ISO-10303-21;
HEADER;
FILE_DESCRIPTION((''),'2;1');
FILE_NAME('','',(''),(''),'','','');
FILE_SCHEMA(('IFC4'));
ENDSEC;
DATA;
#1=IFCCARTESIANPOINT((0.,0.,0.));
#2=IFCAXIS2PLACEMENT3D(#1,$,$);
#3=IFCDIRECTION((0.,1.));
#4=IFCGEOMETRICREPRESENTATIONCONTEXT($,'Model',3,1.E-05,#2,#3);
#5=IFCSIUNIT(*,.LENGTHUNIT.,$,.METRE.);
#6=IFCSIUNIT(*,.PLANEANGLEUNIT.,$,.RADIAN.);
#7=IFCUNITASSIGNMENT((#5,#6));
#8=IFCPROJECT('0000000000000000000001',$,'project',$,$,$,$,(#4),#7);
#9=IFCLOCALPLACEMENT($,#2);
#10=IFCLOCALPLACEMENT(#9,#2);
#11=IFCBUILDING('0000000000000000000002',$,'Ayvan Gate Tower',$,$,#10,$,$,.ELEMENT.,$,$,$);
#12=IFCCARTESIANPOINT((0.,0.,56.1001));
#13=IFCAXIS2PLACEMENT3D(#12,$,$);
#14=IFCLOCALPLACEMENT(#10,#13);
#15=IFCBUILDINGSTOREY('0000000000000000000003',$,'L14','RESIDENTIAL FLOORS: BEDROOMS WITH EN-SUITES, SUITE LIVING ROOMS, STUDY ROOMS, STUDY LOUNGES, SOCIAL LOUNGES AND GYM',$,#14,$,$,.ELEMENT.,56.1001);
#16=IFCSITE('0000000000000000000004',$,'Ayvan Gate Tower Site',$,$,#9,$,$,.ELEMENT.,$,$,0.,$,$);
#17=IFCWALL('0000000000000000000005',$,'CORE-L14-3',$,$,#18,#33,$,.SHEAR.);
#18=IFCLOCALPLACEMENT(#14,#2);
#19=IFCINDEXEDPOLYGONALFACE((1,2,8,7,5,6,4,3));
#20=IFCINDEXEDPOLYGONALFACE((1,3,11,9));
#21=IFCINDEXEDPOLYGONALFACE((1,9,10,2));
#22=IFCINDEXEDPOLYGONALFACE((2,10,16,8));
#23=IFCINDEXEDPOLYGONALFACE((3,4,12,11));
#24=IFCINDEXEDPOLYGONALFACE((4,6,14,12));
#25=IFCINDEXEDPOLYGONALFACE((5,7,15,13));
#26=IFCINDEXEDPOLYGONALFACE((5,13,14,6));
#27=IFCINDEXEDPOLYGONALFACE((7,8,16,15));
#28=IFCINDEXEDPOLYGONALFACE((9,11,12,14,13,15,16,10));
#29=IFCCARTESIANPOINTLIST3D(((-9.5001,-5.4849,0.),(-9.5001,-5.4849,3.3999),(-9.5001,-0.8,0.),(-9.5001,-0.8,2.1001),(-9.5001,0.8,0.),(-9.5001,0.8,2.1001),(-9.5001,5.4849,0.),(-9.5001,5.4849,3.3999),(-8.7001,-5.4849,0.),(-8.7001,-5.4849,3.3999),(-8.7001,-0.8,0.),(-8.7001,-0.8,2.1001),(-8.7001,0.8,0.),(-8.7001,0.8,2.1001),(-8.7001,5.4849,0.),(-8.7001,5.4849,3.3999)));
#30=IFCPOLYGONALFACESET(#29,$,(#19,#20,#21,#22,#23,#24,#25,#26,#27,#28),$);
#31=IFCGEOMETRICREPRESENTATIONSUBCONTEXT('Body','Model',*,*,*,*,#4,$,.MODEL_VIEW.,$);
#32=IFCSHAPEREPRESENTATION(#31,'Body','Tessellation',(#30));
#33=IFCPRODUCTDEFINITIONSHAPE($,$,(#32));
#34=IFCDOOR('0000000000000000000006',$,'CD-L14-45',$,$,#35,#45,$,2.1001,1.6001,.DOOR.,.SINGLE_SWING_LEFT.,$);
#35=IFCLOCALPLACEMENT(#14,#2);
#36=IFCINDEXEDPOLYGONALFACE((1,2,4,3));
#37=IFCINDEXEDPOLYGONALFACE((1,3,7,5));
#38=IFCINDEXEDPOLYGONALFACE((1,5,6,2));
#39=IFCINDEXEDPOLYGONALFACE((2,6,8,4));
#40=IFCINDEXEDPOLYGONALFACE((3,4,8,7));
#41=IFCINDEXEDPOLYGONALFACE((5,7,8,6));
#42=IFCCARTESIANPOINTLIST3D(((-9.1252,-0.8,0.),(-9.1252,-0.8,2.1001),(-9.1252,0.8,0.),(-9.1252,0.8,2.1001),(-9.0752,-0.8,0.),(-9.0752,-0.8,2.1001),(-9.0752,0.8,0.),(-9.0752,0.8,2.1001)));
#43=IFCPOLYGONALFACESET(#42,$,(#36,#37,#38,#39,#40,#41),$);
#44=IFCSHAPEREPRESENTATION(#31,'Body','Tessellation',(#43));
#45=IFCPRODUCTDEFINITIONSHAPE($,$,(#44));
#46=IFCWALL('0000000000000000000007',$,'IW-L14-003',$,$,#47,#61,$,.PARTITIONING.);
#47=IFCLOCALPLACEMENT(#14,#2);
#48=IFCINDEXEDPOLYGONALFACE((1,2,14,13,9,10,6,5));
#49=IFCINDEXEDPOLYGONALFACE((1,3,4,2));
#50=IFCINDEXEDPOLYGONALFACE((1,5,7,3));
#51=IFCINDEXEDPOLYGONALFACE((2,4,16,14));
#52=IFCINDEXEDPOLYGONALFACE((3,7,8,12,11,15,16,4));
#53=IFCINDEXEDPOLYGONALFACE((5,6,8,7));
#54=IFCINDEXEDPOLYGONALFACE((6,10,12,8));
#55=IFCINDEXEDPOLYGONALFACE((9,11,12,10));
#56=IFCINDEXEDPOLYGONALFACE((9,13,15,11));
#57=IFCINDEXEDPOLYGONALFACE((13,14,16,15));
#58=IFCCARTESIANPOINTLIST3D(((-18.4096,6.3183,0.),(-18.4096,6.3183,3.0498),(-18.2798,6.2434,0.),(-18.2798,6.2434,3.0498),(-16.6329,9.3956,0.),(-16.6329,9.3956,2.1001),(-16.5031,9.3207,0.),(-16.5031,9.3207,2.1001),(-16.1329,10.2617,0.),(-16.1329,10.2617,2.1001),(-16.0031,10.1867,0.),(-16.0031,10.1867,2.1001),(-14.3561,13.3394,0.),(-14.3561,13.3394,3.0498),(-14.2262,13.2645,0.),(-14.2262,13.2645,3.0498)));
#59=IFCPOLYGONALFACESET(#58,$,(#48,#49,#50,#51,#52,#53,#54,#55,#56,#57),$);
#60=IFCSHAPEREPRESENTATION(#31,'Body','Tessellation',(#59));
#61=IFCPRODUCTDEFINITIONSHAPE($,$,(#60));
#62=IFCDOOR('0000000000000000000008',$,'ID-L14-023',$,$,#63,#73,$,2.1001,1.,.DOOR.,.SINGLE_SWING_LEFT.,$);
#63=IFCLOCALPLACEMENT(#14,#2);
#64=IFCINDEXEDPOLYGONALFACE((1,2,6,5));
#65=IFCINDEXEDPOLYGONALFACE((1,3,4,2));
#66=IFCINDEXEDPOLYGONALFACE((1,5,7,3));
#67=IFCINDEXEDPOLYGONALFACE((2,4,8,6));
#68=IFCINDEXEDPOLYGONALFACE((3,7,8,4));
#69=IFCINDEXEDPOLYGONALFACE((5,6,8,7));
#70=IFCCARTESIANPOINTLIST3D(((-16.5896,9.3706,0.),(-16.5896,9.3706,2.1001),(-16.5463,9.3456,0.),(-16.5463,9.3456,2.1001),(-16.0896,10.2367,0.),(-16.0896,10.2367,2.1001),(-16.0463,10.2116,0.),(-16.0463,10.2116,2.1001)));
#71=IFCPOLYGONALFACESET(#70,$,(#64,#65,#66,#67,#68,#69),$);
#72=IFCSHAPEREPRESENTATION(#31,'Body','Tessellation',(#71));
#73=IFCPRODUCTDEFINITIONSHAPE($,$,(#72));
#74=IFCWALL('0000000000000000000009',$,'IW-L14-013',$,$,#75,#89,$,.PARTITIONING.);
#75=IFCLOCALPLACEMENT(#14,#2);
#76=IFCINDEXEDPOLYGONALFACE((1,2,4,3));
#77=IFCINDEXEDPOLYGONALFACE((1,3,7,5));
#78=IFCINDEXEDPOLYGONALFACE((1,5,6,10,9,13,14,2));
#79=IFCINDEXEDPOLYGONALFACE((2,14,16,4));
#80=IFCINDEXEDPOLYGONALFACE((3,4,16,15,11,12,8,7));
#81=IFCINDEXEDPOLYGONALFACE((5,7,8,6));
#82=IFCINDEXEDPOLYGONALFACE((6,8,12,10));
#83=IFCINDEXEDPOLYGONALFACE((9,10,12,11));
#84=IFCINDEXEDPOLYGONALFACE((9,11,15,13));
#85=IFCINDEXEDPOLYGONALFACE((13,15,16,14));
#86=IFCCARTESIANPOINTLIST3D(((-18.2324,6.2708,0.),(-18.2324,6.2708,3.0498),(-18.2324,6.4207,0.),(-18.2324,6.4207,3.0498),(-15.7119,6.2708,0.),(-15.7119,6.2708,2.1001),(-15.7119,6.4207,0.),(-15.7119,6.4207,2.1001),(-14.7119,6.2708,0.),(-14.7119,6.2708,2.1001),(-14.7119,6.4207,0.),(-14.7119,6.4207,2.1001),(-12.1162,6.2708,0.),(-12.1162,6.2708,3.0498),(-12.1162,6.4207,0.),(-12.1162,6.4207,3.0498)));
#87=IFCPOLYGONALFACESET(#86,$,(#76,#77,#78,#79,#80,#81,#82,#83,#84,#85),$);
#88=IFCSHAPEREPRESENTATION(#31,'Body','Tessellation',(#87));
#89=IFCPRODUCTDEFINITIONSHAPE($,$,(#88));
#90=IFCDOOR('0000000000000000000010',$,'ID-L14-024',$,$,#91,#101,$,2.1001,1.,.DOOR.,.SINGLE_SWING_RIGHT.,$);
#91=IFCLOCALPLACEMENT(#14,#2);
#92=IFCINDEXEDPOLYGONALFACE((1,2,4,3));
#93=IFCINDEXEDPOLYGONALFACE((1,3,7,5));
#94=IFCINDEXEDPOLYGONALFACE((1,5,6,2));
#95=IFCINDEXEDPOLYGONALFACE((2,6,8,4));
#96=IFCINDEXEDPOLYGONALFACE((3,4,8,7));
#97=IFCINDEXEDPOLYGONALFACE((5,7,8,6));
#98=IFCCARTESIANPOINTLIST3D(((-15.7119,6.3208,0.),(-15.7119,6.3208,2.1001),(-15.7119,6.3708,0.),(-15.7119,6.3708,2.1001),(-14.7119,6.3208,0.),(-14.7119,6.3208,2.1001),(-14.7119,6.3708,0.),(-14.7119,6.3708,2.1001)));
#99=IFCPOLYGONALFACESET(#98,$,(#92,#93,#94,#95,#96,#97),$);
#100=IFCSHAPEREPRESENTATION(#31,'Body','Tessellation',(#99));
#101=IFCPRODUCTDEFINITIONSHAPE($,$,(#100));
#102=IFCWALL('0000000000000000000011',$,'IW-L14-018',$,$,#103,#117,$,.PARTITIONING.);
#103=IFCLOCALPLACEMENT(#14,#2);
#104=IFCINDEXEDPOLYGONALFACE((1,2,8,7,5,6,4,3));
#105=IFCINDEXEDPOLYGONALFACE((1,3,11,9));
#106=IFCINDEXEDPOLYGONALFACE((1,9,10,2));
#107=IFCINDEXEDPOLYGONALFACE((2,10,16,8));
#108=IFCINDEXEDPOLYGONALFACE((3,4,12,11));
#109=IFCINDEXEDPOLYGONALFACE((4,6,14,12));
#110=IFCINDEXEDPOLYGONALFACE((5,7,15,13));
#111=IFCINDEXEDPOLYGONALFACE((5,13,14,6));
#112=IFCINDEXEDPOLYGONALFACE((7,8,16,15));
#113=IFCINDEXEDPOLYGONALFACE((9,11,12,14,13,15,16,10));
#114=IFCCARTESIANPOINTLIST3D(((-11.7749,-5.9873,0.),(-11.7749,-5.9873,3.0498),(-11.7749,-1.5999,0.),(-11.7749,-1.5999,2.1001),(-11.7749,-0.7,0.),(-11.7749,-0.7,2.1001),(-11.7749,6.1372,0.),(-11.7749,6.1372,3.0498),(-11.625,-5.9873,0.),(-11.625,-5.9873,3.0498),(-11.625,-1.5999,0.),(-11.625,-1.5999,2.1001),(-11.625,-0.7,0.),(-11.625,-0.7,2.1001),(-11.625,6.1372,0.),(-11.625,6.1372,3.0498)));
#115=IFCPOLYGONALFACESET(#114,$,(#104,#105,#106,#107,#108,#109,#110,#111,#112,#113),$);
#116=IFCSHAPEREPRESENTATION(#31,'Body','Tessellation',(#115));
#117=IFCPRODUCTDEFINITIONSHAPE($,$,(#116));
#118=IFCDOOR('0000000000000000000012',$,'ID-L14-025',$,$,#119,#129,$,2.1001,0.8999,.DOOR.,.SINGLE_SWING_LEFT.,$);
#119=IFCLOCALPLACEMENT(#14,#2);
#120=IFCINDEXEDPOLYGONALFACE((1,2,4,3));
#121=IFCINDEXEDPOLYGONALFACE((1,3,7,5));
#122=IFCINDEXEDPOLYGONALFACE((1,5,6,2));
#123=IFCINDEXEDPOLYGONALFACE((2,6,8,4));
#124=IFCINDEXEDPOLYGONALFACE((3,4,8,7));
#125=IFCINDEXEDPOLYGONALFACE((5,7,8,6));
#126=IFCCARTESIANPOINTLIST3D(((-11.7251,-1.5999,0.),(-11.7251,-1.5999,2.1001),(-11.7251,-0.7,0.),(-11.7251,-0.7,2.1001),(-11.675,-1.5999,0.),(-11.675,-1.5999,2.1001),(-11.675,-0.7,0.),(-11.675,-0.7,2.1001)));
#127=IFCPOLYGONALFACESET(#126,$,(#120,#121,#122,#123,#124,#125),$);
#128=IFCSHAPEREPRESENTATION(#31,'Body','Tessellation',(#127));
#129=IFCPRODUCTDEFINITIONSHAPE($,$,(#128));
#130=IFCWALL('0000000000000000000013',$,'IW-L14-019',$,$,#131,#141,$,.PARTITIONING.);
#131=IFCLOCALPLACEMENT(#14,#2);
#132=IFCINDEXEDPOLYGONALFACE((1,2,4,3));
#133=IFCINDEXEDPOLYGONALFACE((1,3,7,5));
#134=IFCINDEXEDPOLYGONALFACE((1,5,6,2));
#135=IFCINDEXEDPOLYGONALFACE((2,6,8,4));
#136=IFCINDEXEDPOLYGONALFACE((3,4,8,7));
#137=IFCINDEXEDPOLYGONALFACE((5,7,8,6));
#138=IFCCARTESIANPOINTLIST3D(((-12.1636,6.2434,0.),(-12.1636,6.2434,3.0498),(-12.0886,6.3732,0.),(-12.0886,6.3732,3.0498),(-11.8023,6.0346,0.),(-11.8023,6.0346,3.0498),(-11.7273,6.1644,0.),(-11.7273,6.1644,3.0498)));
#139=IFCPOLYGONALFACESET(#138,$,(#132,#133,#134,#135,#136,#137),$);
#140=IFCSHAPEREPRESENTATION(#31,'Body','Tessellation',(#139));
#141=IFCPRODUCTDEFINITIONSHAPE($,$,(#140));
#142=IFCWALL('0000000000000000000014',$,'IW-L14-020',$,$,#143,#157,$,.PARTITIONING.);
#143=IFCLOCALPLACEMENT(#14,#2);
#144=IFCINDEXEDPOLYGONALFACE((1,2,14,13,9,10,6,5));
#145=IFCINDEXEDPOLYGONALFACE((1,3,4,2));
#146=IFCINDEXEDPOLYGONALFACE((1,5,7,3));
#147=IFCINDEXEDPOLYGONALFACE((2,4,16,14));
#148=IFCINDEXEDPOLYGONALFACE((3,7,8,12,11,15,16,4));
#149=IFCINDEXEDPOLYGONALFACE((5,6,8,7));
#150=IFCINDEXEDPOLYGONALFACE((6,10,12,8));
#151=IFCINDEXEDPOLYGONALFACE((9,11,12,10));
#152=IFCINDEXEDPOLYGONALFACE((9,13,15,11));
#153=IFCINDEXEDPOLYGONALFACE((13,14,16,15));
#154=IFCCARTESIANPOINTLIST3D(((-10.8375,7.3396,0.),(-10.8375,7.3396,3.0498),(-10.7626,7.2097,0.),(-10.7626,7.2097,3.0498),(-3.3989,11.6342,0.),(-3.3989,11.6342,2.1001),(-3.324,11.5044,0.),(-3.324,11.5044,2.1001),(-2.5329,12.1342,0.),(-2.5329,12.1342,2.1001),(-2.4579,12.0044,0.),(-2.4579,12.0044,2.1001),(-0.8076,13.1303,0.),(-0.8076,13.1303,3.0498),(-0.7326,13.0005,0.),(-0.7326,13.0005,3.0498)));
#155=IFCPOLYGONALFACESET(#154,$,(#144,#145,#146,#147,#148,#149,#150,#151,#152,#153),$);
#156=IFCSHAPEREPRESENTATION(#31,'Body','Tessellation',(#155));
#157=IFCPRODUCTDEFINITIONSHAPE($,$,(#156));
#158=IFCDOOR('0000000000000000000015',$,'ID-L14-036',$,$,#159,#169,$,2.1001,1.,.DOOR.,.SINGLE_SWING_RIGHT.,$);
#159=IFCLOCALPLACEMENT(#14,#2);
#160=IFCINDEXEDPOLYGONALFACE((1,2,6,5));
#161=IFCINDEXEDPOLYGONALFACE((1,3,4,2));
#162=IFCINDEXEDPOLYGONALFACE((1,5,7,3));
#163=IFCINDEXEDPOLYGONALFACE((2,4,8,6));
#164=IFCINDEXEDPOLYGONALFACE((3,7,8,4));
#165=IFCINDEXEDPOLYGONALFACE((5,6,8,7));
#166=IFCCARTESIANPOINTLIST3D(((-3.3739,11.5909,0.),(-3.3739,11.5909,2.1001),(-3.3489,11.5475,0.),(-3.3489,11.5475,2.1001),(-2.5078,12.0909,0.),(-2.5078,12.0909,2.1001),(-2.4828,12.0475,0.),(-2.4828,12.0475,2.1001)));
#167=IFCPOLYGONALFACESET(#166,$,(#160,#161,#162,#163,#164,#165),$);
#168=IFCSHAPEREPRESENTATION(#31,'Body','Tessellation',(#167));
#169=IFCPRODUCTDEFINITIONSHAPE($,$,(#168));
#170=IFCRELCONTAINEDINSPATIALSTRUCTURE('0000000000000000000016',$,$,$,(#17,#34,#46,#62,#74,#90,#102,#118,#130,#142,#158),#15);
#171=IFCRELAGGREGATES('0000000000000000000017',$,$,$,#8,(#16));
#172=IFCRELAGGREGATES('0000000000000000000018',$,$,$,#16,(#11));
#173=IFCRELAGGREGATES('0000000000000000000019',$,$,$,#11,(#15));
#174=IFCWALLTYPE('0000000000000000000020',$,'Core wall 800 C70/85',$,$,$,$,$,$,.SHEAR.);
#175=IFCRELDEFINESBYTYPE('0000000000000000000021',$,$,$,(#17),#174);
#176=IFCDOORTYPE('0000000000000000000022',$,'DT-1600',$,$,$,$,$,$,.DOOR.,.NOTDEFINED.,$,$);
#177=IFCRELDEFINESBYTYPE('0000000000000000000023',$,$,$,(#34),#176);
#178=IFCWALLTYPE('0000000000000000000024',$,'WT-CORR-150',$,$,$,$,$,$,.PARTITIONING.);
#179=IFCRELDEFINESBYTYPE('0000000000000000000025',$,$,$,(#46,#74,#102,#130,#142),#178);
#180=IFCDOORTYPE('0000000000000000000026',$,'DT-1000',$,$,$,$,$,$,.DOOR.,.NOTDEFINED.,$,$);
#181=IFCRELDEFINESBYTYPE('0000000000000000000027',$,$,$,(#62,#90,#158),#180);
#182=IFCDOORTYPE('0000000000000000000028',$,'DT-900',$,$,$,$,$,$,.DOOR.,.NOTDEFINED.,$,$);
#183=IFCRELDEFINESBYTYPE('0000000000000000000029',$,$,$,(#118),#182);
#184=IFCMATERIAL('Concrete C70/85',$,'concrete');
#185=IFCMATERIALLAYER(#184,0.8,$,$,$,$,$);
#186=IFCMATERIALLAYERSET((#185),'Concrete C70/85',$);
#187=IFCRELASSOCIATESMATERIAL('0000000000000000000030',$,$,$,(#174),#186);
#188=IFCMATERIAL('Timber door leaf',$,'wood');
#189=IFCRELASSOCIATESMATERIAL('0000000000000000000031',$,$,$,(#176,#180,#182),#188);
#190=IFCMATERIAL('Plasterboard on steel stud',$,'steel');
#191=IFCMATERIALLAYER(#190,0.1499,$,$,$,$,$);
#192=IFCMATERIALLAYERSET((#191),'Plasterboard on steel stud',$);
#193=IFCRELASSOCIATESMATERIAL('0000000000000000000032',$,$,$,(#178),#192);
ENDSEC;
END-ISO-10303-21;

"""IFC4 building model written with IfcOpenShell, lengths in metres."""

from ifc_helpers import new_model, si_unit, direction, frame, frame_2d, origin, place, context, subcontext, project, spatial, rectangle, extrude, material, layer, layer_set, type_object, element, fill, save


model = new_model("IFC4")

# Units and contexts
model_context = context("Model", 3, precision=1e-05, world=origin(), true_north=direction((0.0, 1.0)))
body_context = subcontext(model_context, "Body", "Model", "MODEL_VIEW")
ifc_project = project(units=[si_unit("LENGTHUNIT", "METRE"), si_unit("PLANEANGLEUNIT", "RADIAN")], contexts=[model_context])

# Site, building, storey
site_placement = place(None, origin())
site = spatial("IfcSite", under=ifc_project, at=site_placement, Name="Ayvan Gate Tower Site", CompositionType="ELEMENT", RefElevation=0.0)
building_placement = place(site_placement, origin())
building = spatial("IfcBuilding", under=site, at=building_placement, Name="Ayvan Gate Tower", CompositionType="ELEMENT")
storey_placement = place(building_placement, frame((0.0, 0.0, 56.1001)))
storey = spatial("IfcBuildingStorey", under=building, at=storey_placement, Name="L14", Description="RESIDENTIAL FLOORS: BEDROOMS WITH EN-SUITES, SUITE LIVING ROOMS, STUDY ROOMS, STUDY LOUNGES, SOCIAL LOUNGES AND GYM", CompositionType="ELEMENT", Elevation=56.1001)

# Walls, openings, doors
ifc_material_1 = material(Name="Concrete C70/85", Category="concrete")
ifc_layer_1 = layer(ifc_material_1, 0.8)
ifc_layer_set_1 = layer_set([ifc_layer_1], Name="Concrete C70/85")
wall_type_1 = type_object("IfcWallType", Name="Core wall 800 C70/85", PredefinedType="SHEAR", material=ifc_layer_set_1)
wall_1_placement = place(storey_placement, frame((-9.1001, 5.4849, 0.0), z_axis=(0.0, 0.0, 1.0), x_axis=(0.0, -1.0, 0.0)))
wall_1 = element("IfcWall", 1, at=wall_1_placement, inside=storey, type_object=wall_type_1, Name="CORE-L14-3", PredefinedType="SHEAR", context=body_context, shape_type="SweptSolid", body=[
    extrude(rectangle(XDim=10.9697, YDim=0.8, at=frame_2d((5.4849, 0.0))), origin(), (0.0, 0.0, 1.0), 3.3999),
])
opening_1_placement = place(wall_1_placement, frame((4.6848, 0.0, 0.0)))
opening_1 = element("IfcOpeningElement", 2, at=opening_1_placement, cuts=wall_1, PredefinedType="OPENING", context=body_context, shape_type="SweptSolid", body=[
    extrude(rectangle(XDim=1.6001, YDim=2.1001, at=frame_2d((0.8, 1.05))), frame((0.0, 0.4099, 0.0), z_axis=(0.0, -1.0, 0.0), x_axis=(1.0, 0.0, 0.0)), (0.0, 0.0, 1.0), 0.8201),
])
ifc_material_2 = material(Name="Timber door leaf", Category="wood")
door_type_1 = type_object("IfcDoorType", Name="DT-1600", OperationType="NOTDEFINED", PredefinedType="DOOR", material=ifc_material_2)
door_1_placement = place(opening_1_placement, origin())
door_1 = element("IfcDoor", 3, at=door_1_placement, inside=storey, type_object=door_type_1, Name="CD-L14-45", OperationType="SINGLE_SWING_LEFT", OverallHeight=2.1001, OverallWidth=1.6001, PredefinedType="DOOR", context=body_context, shape_type="SweptSolid", body=[
    extrude(rectangle(XDim=1.6001, YDim=2.1001, at=frame_2d((0.8, 1.05))), frame((0.0, 0.0249, 0.0), z_axis=(0.0, -1.0, 0.0), x_axis=(1.0, 0.0, 0.0)), (0.0, 0.0, 1.0), 0.05),
])
fill(opening_1, door_1)
ifc_material_3 = material(Name="Plasterboard on steel stud", Category="steel")
ifc_layer_2 = layer(ifc_material_3, 0.1499)
ifc_layer_set_2 = layer_set([ifc_layer_2], Name="Plasterboard on steel stud")
wall_type_2 = type_object("IfcWallType", Name="WT-CORR-150", PredefinedType="PARTITIONING", material=ifc_layer_set_2)
wall_2_placement = place(storey_placement, frame((-18.3447, 6.2808, 0.0), z_axis=(0.0, 0.0, 1.0), x_axis=(0.49999, 0.866031, 0.0)))
wall_2 = element("IfcWall", 4, at=wall_2_placement, inside=storey, type_object=wall_type_2, Name="IW-L14-003", PredefinedType="PARTITIONING", context=body_context, shape_type="SweptSolid", body=[
    extrude(rectangle(XDim=8.1072, YDim=0.1499, at=frame_2d((4.0537, 0.0))), origin(), (0.0, 0.0, 1.0), 3.0498),
])
opening_2_placement = place(wall_2_placement, frame((3.5535, 0.0, 0.0)))
opening_2 = element("IfcOpeningElement", 5, at=opening_2_placement, cuts=wall_2, PredefinedType="OPENING", context=body_context, shape_type="SweptSolid", body=[
    extrude(rectangle(XDim=1.0, YDim=2.1001, at=frame_2d((0.5, 1.05))), frame((0.0, 0.085, 0.0), z_axis=(0.0, -1.0, 0.0), x_axis=(1.0, 0.0, 0.0)), (0.0, 0.0, 1.0), 0.1699),
])
door_type_2 = type_object("IfcDoorType", Name="DT-1000", OperationType="NOTDEFINED", PredefinedType="DOOR", material=ifc_material_2)
door_2_placement = place(opening_2_placement, origin())
door_2 = element("IfcDoor", 6, at=door_2_placement, inside=storey, type_object=door_type_2, Name="ID-L14-023", OperationType="SINGLE_SWING_LEFT", OverallHeight=2.1001, OverallWidth=1.0, PredefinedType="DOOR", context=body_context, shape_type="SweptSolid", body=[
    extrude(rectangle(XDim=1.0, YDim=2.1001, at=frame_2d((0.5, 1.05))), frame((0.0, 0.0249, 0.0), z_axis=(0.0, -1.0, 0.0), x_axis=(1.0, 0.0, 0.0)), (0.0, 0.0, 1.0), 0.05),
])
fill(opening_2, door_2)
wall_3_placement = place(storey_placement, frame((-12.1162, 6.3457, 0.0), z_axis=(0.0, 0.0, 1.0), x_axis=(-1.0, 0.0, 0.0)))
wall_3 = element("IfcWall", 7, at=wall_3_placement, inside=storey, type_object=wall_type_2, Name="IW-L14-013", PredefinedType="PARTITIONING", context=body_context, shape_type="SweptSolid", body=[
    extrude(rectangle(XDim=6.1162, YDim=0.1499, at=frame_2d((3.0581, 0.0))), origin(), (0.0, 0.0, 1.0), 3.0498),
])
opening_3_placement = place(wall_3_placement, frame((2.5957, 0.0, 0.0)))
opening_3 = element("IfcOpeningElement", 8, at=opening_3_placement, cuts=wall_3, PredefinedType="OPENING", context=body_context, shape_type="SweptSolid", body=[
    extrude(rectangle(XDim=1.0, YDim=2.1001, at=frame_2d((0.5, 1.05))), frame((0.0, 0.085, 0.0), z_axis=(0.0, -1.0, 0.0), x_axis=(1.0, 0.0, 0.0)), (0.0, 0.0, 1.0), 0.1699),
])
door_3_placement = place(opening_3_placement, origin())
door_3 = element("IfcDoor", 9, at=door_3_placement, inside=storey, type_object=door_type_2, Name="ID-L14-024", OperationType="SINGLE_SWING_RIGHT", OverallHeight=2.1001, OverallWidth=1.0, PredefinedType="DOOR", context=body_context, shape_type="SweptSolid", body=[
    extrude(rectangle(XDim=1.0, YDim=2.1001, at=frame_2d((0.5, 1.05))), frame((0.0, 0.0249, 0.0), z_axis=(0.0, -1.0, 0.0), x_axis=(1.0, 0.0, 0.0)), (0.0, 0.0, 1.0), 0.05),
])
fill(opening_3, door_3)
wall_4_placement = place(storey_placement, frame((-11.7, 6.1372, 0.0), z_axis=(0.0, 0.0, 1.0), x_axis=(0.0, -1.0, 0.0)))
wall_4 = element("IfcWall", 10, at=wall_4_placement, inside=storey, type_object=wall_type_2, Name="IW-L14-018", PredefinedType="PARTITIONING", context=body_context, shape_type="SweptSolid", body=[
    extrude(rectangle(XDim=12.1245, YDim=0.1499, at=frame_2d((6.0623, 0.0))), origin(), (0.0, 0.0, 1.0), 3.0498),
])
opening_4_placement = place(wall_4_placement, frame((6.8372, 0.0, 0.0)))
opening_4 = element("IfcOpeningElement", 11, at=opening_4_placement, cuts=wall_4, PredefinedType="OPENING", context=body_context, shape_type="SweptSolid", body=[
    extrude(rectangle(XDim=0.8999, YDim=2.1001, at=frame_2d((0.45, 1.05))), frame((0.0, 0.085, 0.0), z_axis=(0.0, -1.0, 0.0), x_axis=(1.0, 0.0, 0.0)), (0.0, 0.0, 1.0), 0.1699),
])
door_type_3 = type_object("IfcDoorType", Name="DT-900", OperationType="NOTDEFINED", PredefinedType="DOOR", material=ifc_material_2)
door_4_placement = place(opening_4_placement, origin())
door_4 = element("IfcDoor", 12, at=door_4_placement, inside=storey, type_object=door_type_3, Name="ID-L14-025", OperationType="SINGLE_SWING_LEFT", OverallHeight=2.1001, OverallWidth=0.8999, PredefinedType="DOOR", context=body_context, shape_type="SweptSolid", body=[
    extrude(rectangle(XDim=0.8999, YDim=2.1001, at=frame_2d((0.45, 1.05))), frame((0.0, 0.0249, 0.0), z_axis=(0.0, -1.0, 0.0), x_axis=(1.0, 0.0, 0.0)), (0.0, 0.0, 1.0), 0.05),
])
fill(opening_4, door_4)

# Wall
wall_5_placement = place(storey_placement, frame((-11.7649, 6.0996, 0.0), z_axis=(0.0, 0.0, 1.0), x_axis=(-0.865893, 0.500229, 0.0)))
element("IfcWall", 13, at=wall_5_placement, inside=storey, type_object=wall_type_2, Name="IW-L14-019", PredefinedType="PARTITIONING", context=body_context, shape_type="SweptSolid", body=[
    extrude(rectangle(XDim=0.4172, YDim=0.1499, at=frame_2d((0.2085, 0.0))), origin(), (0.0, 0.0, 1.0), 3.0498),
])

# Wall, opening, door
wall_6_placement = place(storey_placement, frame((-10.8, 7.2747, 0.0), z_axis=(0.0, 0.0, 1.0), x_axis=(0.866028, 0.499996, 0.0)))
wall_6 = element("IfcWall", 14, at=wall_6_placement, inside=storey, type_object=wall_type_2, Name="IW-L14-020", PredefinedType="PARTITIONING", context=body_context, shape_type="SweptSolid", body=[
    extrude(rectangle(XDim=11.5815, YDim=0.1499, at=frame_2d((5.7908, 0.0))), origin(), (0.0, 0.0, 1.0), 3.0498),
])
opening_5_placement = place(wall_6_placement, frame((8.5894, 0.0, 0.0)))
opening_5 = element("IfcOpeningElement", 15, at=opening_5_placement, cuts=wall_6, PredefinedType="OPENING", context=body_context, shape_type="SweptSolid", body=[
    extrude(rectangle(XDim=1.0, YDim=2.1001, at=frame_2d((0.5, 1.05))), frame((0.0, 0.085, 0.0), z_axis=(0.0, -1.0, 0.0), x_axis=(1.0, 0.0, 0.0)), (0.0, 0.0, 1.0), 0.1699),
])
door_5_placement = place(opening_5_placement, origin())
door_5 = element("IfcDoor", 16, at=door_5_placement, inside=storey, type_object=door_type_2, Name="ID-L14-036", OperationType="SINGLE_SWING_RIGHT", OverallHeight=2.1001, OverallWidth=1.0, PredefinedType="DOOR", context=body_context, shape_type="SweptSolid", body=[
    extrude(rectangle(XDim=1.0, YDim=2.1001, at=frame_2d((0.5, 1.05))), frame((0.0, 0.0249, 0.0), z_axis=(0.0, -1.0, 0.0), x_axis=(1.0, 0.0, 0.0)), (0.0, 0.0, 1.0), 0.05),
])
fill(opening_5, door_5)

save(model, "model.ifc")
